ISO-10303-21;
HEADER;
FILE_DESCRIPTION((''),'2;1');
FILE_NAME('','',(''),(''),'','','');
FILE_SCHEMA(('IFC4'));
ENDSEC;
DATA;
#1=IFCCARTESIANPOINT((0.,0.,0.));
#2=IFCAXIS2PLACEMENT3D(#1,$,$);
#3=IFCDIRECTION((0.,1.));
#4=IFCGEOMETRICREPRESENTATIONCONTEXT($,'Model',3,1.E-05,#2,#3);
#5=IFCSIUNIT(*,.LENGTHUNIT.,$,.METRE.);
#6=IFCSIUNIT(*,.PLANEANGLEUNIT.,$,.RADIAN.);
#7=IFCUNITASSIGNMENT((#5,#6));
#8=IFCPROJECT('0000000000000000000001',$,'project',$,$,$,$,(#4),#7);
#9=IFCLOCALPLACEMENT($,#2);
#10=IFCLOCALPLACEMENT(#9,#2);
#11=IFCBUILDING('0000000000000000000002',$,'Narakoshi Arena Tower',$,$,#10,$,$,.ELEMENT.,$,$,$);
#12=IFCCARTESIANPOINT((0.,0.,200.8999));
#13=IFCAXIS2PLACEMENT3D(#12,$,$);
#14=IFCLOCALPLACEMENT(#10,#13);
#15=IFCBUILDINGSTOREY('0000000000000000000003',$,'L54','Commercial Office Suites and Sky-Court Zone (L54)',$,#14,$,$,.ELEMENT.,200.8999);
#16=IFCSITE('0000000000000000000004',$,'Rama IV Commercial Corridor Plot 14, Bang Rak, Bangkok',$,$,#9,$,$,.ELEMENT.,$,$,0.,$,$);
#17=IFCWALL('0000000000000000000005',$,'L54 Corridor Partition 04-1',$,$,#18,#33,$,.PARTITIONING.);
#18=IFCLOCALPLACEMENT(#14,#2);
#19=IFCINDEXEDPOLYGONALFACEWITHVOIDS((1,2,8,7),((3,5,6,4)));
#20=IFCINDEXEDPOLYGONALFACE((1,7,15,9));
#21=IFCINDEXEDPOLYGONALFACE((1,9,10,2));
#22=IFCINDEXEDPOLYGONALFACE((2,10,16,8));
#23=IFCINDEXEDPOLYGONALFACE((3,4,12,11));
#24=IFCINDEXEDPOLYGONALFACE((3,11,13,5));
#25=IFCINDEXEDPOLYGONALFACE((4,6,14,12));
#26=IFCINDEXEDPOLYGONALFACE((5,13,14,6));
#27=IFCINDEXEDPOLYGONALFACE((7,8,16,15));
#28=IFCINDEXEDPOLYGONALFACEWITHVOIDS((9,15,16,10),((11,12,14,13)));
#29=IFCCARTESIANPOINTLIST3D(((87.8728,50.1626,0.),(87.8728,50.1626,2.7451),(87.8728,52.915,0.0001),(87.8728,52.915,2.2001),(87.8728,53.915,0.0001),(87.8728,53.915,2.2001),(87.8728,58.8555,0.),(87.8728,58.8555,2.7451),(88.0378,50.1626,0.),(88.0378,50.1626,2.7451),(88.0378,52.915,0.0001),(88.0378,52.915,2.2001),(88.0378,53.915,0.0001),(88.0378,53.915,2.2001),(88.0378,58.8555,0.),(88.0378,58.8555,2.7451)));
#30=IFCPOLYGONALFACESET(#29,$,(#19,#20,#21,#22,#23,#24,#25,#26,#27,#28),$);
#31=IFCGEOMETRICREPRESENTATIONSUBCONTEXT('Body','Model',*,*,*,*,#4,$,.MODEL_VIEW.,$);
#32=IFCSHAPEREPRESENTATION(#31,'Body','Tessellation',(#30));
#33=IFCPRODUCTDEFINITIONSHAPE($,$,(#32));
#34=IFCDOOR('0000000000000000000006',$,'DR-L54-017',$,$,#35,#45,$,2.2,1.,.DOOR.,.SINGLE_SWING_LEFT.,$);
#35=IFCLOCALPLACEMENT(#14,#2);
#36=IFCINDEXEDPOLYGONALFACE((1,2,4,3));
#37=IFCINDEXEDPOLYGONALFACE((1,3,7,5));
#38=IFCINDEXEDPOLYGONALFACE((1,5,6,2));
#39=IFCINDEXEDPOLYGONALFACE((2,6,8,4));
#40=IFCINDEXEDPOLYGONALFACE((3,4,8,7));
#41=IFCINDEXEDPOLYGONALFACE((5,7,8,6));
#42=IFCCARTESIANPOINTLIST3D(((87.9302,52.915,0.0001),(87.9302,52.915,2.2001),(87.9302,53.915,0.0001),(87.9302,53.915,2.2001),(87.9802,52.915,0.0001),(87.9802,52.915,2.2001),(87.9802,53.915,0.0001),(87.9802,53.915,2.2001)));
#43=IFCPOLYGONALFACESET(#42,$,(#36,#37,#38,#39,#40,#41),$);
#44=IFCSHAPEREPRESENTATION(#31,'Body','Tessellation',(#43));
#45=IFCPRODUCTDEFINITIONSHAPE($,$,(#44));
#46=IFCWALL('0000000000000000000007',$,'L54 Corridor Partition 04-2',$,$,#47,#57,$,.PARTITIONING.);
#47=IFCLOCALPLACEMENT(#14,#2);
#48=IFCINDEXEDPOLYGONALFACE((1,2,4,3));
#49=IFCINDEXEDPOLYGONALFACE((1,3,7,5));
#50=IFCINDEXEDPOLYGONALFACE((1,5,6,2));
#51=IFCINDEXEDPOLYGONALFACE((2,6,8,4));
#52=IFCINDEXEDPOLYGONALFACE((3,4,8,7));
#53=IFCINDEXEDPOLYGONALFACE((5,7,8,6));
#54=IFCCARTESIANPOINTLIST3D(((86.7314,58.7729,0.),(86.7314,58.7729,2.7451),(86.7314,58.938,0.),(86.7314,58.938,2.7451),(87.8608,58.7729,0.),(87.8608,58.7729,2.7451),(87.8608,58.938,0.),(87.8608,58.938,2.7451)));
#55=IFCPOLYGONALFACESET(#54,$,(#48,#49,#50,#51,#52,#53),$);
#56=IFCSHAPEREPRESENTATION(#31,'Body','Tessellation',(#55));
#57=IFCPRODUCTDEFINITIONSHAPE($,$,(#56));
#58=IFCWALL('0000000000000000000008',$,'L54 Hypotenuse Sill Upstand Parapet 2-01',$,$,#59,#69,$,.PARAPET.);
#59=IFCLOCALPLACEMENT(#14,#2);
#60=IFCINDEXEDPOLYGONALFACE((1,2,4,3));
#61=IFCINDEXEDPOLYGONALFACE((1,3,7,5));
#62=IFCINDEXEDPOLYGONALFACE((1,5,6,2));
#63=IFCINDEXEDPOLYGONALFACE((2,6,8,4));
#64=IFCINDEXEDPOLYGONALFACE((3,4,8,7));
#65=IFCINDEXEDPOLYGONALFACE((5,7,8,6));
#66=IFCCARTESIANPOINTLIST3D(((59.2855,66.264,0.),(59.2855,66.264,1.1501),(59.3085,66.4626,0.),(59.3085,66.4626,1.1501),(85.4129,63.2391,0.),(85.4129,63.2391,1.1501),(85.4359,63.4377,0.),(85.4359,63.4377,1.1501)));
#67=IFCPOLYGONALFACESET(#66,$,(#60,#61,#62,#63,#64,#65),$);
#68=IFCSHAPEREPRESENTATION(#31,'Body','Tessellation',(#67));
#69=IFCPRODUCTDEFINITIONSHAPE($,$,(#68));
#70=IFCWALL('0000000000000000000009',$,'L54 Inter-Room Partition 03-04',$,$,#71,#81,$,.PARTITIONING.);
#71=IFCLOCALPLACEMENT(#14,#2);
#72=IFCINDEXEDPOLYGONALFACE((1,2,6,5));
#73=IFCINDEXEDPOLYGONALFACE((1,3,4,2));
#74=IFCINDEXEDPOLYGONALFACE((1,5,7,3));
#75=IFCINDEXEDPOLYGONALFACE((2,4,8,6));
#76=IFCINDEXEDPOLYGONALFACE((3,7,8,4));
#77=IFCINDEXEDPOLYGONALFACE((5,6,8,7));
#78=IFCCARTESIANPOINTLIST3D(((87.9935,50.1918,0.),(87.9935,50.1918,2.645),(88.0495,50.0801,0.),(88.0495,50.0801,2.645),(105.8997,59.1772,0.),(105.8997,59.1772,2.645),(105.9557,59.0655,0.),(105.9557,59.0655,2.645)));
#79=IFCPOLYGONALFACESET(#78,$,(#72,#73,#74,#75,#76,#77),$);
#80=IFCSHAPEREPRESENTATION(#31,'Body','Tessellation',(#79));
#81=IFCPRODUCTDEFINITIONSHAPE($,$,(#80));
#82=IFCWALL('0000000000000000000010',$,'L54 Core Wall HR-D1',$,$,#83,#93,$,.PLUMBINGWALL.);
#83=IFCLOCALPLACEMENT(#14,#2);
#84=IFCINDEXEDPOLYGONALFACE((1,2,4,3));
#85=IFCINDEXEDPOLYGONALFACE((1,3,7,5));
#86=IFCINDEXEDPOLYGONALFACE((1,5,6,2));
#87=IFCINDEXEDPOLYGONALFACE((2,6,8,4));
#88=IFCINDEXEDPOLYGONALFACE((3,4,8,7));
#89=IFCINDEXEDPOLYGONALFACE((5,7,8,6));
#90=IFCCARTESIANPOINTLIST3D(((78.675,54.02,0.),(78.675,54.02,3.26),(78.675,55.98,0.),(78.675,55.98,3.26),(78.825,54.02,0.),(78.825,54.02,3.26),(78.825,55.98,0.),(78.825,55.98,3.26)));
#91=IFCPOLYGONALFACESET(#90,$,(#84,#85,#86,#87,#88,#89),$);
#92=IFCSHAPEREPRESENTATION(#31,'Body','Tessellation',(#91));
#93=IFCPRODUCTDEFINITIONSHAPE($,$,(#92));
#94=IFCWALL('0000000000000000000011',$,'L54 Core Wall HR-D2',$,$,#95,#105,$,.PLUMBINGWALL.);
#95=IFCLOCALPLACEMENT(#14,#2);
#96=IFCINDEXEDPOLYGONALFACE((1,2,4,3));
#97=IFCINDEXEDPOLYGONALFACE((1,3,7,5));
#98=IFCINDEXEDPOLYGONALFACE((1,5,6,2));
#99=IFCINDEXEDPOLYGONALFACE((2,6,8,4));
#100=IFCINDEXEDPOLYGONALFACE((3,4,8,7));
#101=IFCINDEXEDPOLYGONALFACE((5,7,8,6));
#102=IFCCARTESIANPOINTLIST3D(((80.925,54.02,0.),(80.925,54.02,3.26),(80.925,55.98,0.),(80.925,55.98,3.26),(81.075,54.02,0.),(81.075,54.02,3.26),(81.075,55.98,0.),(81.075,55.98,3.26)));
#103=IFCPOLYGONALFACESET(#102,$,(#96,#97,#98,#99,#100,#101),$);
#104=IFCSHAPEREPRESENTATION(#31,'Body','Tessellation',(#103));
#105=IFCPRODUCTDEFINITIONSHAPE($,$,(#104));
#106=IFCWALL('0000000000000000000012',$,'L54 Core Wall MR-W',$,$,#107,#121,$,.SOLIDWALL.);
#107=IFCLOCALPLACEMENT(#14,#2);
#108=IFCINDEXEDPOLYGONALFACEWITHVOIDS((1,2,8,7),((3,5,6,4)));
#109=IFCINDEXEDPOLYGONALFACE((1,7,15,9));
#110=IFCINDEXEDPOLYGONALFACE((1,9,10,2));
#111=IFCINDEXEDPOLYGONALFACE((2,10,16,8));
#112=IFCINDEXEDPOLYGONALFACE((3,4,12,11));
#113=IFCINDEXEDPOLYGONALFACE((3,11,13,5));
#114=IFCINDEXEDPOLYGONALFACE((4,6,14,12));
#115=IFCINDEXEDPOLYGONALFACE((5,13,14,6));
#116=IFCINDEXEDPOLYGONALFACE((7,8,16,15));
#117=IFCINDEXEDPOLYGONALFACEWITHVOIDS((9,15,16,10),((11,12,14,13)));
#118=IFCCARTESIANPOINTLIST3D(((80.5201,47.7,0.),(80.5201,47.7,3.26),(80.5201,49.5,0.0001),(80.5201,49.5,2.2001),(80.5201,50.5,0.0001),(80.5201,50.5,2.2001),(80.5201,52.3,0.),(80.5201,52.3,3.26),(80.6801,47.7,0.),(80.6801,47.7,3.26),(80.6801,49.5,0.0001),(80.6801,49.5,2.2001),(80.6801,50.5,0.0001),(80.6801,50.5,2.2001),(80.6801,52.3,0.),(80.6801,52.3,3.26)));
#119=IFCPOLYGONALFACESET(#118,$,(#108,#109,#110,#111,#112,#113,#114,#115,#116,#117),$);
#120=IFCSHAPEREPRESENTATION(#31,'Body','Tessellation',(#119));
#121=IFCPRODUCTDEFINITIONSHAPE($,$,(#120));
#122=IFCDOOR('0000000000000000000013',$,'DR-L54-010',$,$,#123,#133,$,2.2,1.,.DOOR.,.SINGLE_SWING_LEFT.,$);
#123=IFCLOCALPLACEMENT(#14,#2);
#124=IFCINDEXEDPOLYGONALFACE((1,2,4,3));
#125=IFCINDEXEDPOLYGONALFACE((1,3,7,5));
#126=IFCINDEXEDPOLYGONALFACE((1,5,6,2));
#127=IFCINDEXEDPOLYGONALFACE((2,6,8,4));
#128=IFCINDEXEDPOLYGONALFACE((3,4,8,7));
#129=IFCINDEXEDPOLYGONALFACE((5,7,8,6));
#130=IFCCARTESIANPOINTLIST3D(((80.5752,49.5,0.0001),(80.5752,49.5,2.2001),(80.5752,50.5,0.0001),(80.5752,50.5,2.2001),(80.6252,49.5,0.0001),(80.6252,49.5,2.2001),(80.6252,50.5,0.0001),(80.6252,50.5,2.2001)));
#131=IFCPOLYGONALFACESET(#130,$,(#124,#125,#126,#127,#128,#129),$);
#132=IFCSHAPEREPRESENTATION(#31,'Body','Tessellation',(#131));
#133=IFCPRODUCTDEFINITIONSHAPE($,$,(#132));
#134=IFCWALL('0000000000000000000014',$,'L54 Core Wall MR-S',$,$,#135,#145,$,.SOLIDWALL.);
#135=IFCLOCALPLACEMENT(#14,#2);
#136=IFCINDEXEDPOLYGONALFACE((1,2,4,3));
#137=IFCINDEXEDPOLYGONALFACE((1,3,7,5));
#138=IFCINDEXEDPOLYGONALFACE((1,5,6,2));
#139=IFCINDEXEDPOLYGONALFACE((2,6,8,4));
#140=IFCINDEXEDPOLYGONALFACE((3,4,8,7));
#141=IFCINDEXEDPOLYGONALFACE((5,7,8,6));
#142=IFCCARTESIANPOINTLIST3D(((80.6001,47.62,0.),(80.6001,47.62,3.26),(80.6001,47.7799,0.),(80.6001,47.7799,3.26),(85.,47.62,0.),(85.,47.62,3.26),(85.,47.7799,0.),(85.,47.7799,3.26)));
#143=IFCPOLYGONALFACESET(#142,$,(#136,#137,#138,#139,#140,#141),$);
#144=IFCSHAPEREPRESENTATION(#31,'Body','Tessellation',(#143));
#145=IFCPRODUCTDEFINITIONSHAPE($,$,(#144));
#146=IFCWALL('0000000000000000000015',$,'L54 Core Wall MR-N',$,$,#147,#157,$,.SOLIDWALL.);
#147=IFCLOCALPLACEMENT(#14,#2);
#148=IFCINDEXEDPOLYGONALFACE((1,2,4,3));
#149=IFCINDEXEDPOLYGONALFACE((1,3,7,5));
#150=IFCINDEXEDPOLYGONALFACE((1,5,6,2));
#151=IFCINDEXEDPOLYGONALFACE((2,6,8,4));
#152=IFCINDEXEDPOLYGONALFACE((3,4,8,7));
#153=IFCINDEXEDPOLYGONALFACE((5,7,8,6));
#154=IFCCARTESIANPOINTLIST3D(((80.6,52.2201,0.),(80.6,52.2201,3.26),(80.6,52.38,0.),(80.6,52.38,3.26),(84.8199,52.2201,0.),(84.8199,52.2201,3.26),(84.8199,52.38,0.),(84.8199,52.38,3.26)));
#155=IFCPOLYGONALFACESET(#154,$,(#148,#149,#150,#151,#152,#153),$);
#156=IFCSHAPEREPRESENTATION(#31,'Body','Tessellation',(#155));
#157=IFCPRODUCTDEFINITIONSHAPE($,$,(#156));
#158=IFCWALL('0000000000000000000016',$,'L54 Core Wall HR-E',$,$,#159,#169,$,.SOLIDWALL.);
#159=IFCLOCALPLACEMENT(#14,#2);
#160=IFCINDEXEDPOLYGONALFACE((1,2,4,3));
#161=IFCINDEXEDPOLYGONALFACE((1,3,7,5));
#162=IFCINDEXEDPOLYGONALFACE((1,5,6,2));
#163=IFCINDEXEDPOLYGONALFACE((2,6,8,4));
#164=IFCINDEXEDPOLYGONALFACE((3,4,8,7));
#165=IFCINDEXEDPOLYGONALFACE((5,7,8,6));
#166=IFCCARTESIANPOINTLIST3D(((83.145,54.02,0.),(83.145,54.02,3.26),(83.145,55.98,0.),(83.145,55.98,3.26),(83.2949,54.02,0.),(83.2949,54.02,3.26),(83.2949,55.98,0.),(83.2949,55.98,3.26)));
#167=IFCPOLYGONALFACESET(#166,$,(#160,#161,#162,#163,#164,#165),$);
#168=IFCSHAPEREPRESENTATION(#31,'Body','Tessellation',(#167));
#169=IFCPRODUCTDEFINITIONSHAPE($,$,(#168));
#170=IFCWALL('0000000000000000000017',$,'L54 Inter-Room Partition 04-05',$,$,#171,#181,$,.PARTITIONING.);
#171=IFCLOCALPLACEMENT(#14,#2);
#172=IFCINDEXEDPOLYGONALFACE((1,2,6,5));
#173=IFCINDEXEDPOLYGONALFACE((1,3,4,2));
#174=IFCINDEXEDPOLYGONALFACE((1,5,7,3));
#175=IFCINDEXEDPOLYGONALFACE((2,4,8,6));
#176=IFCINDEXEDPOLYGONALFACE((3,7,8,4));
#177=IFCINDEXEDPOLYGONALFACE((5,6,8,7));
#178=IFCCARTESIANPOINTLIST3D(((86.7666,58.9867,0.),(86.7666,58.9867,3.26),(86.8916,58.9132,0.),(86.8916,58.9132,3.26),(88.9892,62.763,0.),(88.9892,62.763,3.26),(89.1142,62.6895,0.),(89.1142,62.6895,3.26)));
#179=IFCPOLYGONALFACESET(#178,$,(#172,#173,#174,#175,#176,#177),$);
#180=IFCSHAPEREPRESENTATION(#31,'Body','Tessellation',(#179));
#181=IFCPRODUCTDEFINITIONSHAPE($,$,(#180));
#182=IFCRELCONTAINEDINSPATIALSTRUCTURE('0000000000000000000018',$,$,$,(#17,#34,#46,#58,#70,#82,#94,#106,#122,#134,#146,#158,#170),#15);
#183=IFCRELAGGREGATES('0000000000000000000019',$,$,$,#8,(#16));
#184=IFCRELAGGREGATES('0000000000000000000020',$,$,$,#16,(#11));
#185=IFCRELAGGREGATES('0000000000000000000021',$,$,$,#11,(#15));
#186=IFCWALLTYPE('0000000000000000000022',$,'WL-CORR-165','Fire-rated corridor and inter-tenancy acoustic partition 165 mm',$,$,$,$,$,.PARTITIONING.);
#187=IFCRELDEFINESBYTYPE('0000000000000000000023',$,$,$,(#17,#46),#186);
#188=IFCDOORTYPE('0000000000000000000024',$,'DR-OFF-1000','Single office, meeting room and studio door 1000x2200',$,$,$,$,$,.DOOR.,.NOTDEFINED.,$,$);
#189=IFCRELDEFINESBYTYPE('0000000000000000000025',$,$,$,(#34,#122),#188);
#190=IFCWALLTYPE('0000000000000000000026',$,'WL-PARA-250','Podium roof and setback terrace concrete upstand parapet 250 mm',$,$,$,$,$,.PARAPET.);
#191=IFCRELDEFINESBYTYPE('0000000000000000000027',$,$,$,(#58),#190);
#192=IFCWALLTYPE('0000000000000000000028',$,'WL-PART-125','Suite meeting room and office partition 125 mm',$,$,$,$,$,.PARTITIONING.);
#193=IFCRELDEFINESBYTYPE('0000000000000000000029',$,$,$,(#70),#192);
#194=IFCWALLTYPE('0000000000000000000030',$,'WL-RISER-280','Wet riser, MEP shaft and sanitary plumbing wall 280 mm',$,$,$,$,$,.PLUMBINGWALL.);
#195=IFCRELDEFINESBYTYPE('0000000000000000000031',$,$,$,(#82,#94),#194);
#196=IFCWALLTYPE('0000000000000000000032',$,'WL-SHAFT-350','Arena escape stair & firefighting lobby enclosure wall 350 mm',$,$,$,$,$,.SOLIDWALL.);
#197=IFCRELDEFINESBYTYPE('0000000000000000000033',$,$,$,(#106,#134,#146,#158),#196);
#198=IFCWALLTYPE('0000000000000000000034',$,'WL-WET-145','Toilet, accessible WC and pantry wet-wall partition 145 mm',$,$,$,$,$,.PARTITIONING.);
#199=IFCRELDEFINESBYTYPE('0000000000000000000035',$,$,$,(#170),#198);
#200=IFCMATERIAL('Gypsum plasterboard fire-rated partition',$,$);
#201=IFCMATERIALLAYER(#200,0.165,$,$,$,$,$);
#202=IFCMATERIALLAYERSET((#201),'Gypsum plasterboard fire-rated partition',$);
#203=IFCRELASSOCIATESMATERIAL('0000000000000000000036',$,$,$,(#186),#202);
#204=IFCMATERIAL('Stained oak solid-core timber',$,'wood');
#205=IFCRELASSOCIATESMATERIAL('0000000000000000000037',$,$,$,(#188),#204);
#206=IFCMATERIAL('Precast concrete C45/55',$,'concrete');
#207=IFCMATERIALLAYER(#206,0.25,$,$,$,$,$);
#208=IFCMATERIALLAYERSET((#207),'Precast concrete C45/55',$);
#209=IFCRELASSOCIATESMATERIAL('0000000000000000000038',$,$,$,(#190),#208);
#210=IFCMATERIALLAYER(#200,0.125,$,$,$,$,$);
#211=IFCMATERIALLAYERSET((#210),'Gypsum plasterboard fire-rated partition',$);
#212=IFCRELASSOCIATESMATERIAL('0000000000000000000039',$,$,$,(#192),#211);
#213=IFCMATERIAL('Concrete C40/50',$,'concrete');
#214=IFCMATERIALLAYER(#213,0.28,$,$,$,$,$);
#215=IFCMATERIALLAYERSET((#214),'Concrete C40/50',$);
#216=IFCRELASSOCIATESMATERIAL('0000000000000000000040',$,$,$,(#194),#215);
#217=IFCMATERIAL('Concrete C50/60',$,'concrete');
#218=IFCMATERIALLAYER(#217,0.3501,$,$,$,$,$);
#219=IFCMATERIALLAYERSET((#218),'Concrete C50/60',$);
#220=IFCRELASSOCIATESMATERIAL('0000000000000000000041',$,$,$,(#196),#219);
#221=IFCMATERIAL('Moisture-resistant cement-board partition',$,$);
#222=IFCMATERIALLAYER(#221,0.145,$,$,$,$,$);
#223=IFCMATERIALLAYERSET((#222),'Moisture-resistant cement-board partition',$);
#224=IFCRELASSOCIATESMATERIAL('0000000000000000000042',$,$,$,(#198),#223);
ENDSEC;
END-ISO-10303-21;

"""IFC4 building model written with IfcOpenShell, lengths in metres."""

from ifc_helpers import new_model, si_unit, direction, frame, frame_2d, origin, place, context, subcontext, project, spatial, rectangle, extrude, material, layer, layer_set, type_object, element, fill, save


model = new_model("IFC4")

# Units and contexts
model_context = context("Model", 3, precision=1e-05, world=origin(), true_north=direction((0.0, 1.0)))
body_context = subcontext(model_context, "Body", "Model", "MODEL_VIEW")
ifc_project = project(units=[si_unit("LENGTHUNIT", "METRE"), si_unit("PLANEANGLEUNIT", "RADIAN")], contexts=[model_context])

# Site, building, storey
site_placement = place(None, origin())
site = spatial("IfcSite", under=ifc_project, at=site_placement, Name="Rama IV Commercial Corridor Plot 14, Bang Rak, Bangkok", CompositionType="ELEMENT", RefElevation=0.0)
building_placement = place(site_placement, origin())
building = spatial("IfcBuilding", under=site, at=building_placement, Name="Narakoshi Arena Tower", CompositionType="ELEMENT")
storey_placement = place(building_placement, frame((0.0, 0.0, 200.8999)))
storey = spatial("IfcBuildingStorey", under=building, at=storey_placement, Name="L54", Description="Commercial Office Suites and Sky-Court Zone (L54)", CompositionType="ELEMENT", Elevation=200.8999)

# Shared definitions
ifc_material_1 = material(Name="Concrete C50/60", Category="concrete")

# Wall, opening, door
ifc_material_2 = material(Name="Gypsum plasterboard fire-rated partition")
ifc_layer_1 = layer(ifc_material_2, 0.165)
ifc_layer_set_1 = layer_set([ifc_layer_1], Name="Gypsum plasterboard fire-rated partition")
wall_type_1 = type_object("IfcWallType", Name="WL-CORR-165", Description="Fire-rated corridor and inter-tenancy acoustic partition 165 mm", PredefinedType="PARTITIONING", material=ifc_layer_set_1)
ifc_material_3 = material(Name="Stained oak solid-core timber", Category="wood")
door_type_1 = type_object("IfcDoorType", Name="DR-OFF-1000", Description="Single office, meeting room and studio door 1000x2200", OperationType="NOTDEFINED", PredefinedType="DOOR", material=ifc_material_3)
wall_1_placement = place(storey_placement, frame((87.9553, 50.1626, 0.0), z_axis=(0.0, 0.0, 1.0), x_axis=(0.0, 1.0, 0.0)))
wall_1 = element("IfcWall", 1, at=wall_1_placement, inside=storey, type_object=wall_type_1, Name="L54 Corridor Partition 04-1", PredefinedType="PARTITIONING", context=body_context, shape_type="SweptSolid", body=[
    extrude(rectangle(XDim=8.6929, YDim=0.165, at=frame_2d((4.3464, 0.0))), origin(), (0.0, 0.0, 1.0), 2.7451),
])
opening_1_placement = place(wall_1_placement, frame((2.7524, 0.0, 0.0)))
opening_1 = element("IfcOpeningElement", 2, at=opening_1_placement, cuts=wall_1, PredefinedType="OPENING", context=body_context, shape_type="SweptSolid", body=[
    extrude(rectangle(XDim=1.0, YDim=2.2, at=frame_2d((0.5, 1.1001))), frame((0.0, 0.0925, 0.0), z_axis=(0.0, -1.0, 0.0), x_axis=(1.0, 0.0, 0.0)), (0.0, 0.0, 1.0), 0.1851),
])
door_1_placement = place(opening_1_placement, frame((1.0, 0.0, 0.0), z_axis=(0.0, 0.0, 1.0), x_axis=(-1.0, 0.0, 0.0)))
door_1 = element("IfcDoor", 3, at=door_1_placement, inside=storey, type_object=door_type_1, Name="DR-L54-017", OperationType="SINGLE_SWING_LEFT", OverallHeight=2.2, OverallWidth=1.0, PredefinedType="DOOR", context=body_context, shape_type="SweptSolid", body=[
    extrude(rectangle(XDim=1.0, YDim=2.2, at=frame_2d((0.5, 1.1001))), frame((0.0, 0.0249, 0.0), z_axis=(0.0, -1.0, 0.0), x_axis=(1.0, 0.0, 0.0)), (0.0, 0.0, 1.0), 0.05),
])
fill(opening_1, door_1)

# Walls
wall_2_placement = place(storey_placement, frame((87.8608, 58.8555, 0.0), z_axis=(0.0, 0.0, 1.0), x_axis=(-1.0, 0.0, 0.0)))
element("IfcWall", 4, at=wall_2_placement, inside=storey, type_object=wall_type_1, Name="L54 Corridor Partition 04-2", PredefinedType="PARTITIONING", context=body_context, shape_type="SweptSolid", body=[
    extrude(rectangle(XDim=1.1294, YDim=0.165, at=frame_2d((0.5647, 0.0))), origin(), (0.0, 0.0, 1.0), 2.7451),
])
ifc_material_4 = material(Name="Precast concrete C45/55", Category="concrete")
ifc_layer_2 = layer(ifc_material_4, 0.25)
ifc_layer_set_2 = layer_set([ifc_layer_2], Name="Precast concrete C45/55")
wall_type_2 = type_object("IfcWallType", Name="WL-PARA-250", Description="Podium roof and setback terrace concrete upstand parapet 250 mm", PredefinedType="PARAPET", material=ifc_layer_set_2)
wall_3_placement = place(storey_placement, frame((85.4243, 63.3384, 0.0), z_axis=(0.0, 0.0, 1.0), x_axis=(-0.993365, 0.115007, 0.0)))
element("IfcWall", 5, at=wall_3_placement, inside=storey, type_object=wall_type_2, Name="L54 Hypotenuse Sill Upstand Parapet 2-01", PredefinedType="PARAPET", context=body_context, shape_type="SweptSolid", body=[
    extrude(rectangle(XDim=26.302, YDim=0.2, at=frame_2d((13.1509, 0.0))), origin(), (0.0, 0.0, 1.0), 1.1501),
])
ifc_layer_3 = layer(ifc_material_2, 0.125)
ifc_layer_set_3 = layer_set([ifc_layer_3], Name="Gypsum plasterboard fire-rated partition")
wall_type_3 = type_object("IfcWallType", Name="WL-PART-125", Description="Suite meeting room and office partition 125 mm", PredefinedType="PARTITIONING", material=ifc_layer_set_3)
wall_4_placement = place(storey_placement, frame((88.0215, 50.136, 0.0), z_axis=(0.0, 0.0, 1.0), x_axis=(0.893783, 0.4485, 0.0)))
element("IfcWall", 6, at=wall_4_placement, inside=storey, type_object=wall_type_3, Name="L54 Inter-Room Partition 03-04", PredefinedType="PARTITIONING", context=body_context, shape_type="SweptSolid", body=[
    extrude(rectangle(XDim=20.0342, YDim=0.125, at=frame_2d((10.0171, 0.0))), origin(), (0.0, 0.0, 1.0), 2.645),
])
ifc_material_5 = material(Name="Concrete C40/50", Category="concrete")
ifc_layer_4 = layer(ifc_material_5, 0.28)
ifc_layer_set_4 = layer_set([ifc_layer_4], Name="Concrete C40/50")
wall_type_4 = type_object("IfcWallType", Name="WL-RISER-280", Description="Wet riser, MEP shaft and sanitary plumbing wall 280 mm", PredefinedType="PLUMBINGWALL", material=ifc_layer_set_4)
for number, where, z_axis, x_axis, name in (
    (7, (78.75, 54.02, 0.0), (0.0, 0.0, 1.0), (0.0, 1.0, 0.0), "L54 Core Wall HR-D1"),
    (8, (81.0, 54.02, 0.0), (0.0, 0.0, 1.0), (0.0, 1.0, 0.0), "L54 Core Wall HR-D2"),
):
    element("IfcWall", number, at=place(storey_placement, frame(where, z_axis=z_axis, x_axis=x_axis)), inside=storey, type_object=wall_type_4, Name=name, PredefinedType="PLUMBINGWALL", context=body_context, shape_type="SweptSolid", body=[
        extrude(rectangle(XDim=1.96, YDim=0.1499, at=frame_2d((0.98, 0.0))), origin(), (0.0, 0.0, 1.0), 3.26),
    ])

# Wall, opening, door
ifc_layer_5 = layer(ifc_material_1, 0.3501)
ifc_layer_set_5 = layer_set([ifc_layer_5], Name="Concrete C50/60")
wall_type_5 = type_object("IfcWallType", Name="WL-SHAFT-350", Description="Arena escape stair & firefighting lobby enclosure wall 350 mm", PredefinedType="SOLIDWALL", material=ifc_layer_set_5)
wall_5_placement = place(storey_placement, frame((80.6001, 47.7, 0.0), z_axis=(0.0, 0.0, 1.0), x_axis=(0.0, 1.0, 0.0)))
wall_5 = element("IfcWall", 9, at=wall_5_placement, inside=storey, type_object=wall_type_5, Name="L54 Core Wall MR-W", PredefinedType="SOLIDWALL", context=body_context, shape_type="SweptSolid", body=[
    extrude(rectangle(XDim=4.6001, YDim=0.1599, at=frame_2d((2.3, 0.0))), origin(), (0.0, 0.0, 1.0), 3.26),
])
opening_2_placement = place(wall_5_placement, frame((1.8, 0.0, 0.0)))
opening_2 = element("IfcOpeningElement", 10, at=opening_2_placement, cuts=wall_5, PredefinedType="OPENING", context=body_context, shape_type="SweptSolid", body=[
    extrude(rectangle(XDim=1.0, YDim=2.2, at=frame_2d((0.5, 1.1001))), frame((0.0, 0.0898, 0.0), z_axis=(0.0, -1.0, 0.0), x_axis=(1.0, 0.0, 0.0)), (0.0, 0.0, 1.0), 0.1799),
])
door_2_placement = place(opening_2_placement, origin())
door_2 = element("IfcDoor", 11, at=door_2_placement, inside=storey, type_object=door_type_1, Name="DR-L54-010", OperationType="SINGLE_SWING_LEFT", OverallHeight=2.2, OverallWidth=1.0, PredefinedType="DOOR", context=body_context, shape_type="SweptSolid", body=[
    extrude(rectangle(XDim=1.0, YDim=2.2, at=frame_2d((0.5, 1.1001))), frame((0.0, 0.0249, 0.0), z_axis=(0.0, -1.0, 0.0), x_axis=(1.0, 0.0, 0.0)), (0.0, 0.0, 1.0), 0.05),
])
fill(opening_2, door_2)

# Walls
wall_6_placement = place(storey_placement, frame((80.6001, 47.7, 0.0), z_axis=(0.0, 0.0, 1.0), x_axis=(1.0, 0.0, 0.0)))
element("IfcWall", 12, at=wall_6_placement, inside=storey, type_object=wall_type_5, Name="L54 Core Wall MR-S", PredefinedType="SOLIDWALL", context=body_context, shape_type="SweptSolid", body=[
    extrude(rectangle(XDim=4.3999, YDim=0.1599, at=frame_2d((2.2, 0.0))), origin(), (0.0, 0.0, 1.0), 3.26),
])
wall_7_placement = place(storey_placement, frame((80.6001, 52.3, 0.0), z_axis=(0.0, 0.0, 1.0), x_axis=(1.0, 0.0, 0.0)))
element("IfcWall", 13, at=wall_7_placement, inside=storey, type_object=wall_type_5, Name="L54 Core Wall MR-N", PredefinedType="SOLIDWALL", context=body_context, shape_type="SweptSolid", body=[
    extrude(rectangle(XDim=4.22, YDim=0.1599, at=frame_2d((2.1099, 0.0))), origin(), (0.0, 0.0, 1.0), 3.26),
])
wall_8_placement = place(storey_placement, frame((83.22, 54.02, 0.0), z_axis=(0.0, 0.0, 1.0), x_axis=(0.0, 1.0, 0.0)))
element("IfcWall", 14, at=wall_8_placement, inside=storey, type_object=wall_type_5, Name="L54 Core Wall HR-E", PredefinedType="SOLIDWALL", context=body_context, shape_type="SweptSolid", body=[
    extrude(rectangle(XDim=1.96, YDim=0.1499, at=frame_2d((0.98, 0.0))), origin(), (0.0, 0.0, 1.0), 3.26),
])
ifc_material_6 = material(Name="Moisture-resistant cement-board partition")
ifc_layer_6 = layer(ifc_material_6, 0.145)
ifc_layer_set_6 = layer_set([ifc_layer_6], Name="Moisture-resistant cement-board partition")
wall_type_6 = type_object("IfcWallType", Name="WL-WET-145", Description="Toilet, accessible WC and pantry wet-wall partition 145 mm", PredefinedType="PARTITIONING", material=ifc_layer_set_6)
wall_9_placement = place(storey_placement, frame((86.8291, 58.95, 0.0), z_axis=(0.0, 0.0, 1.0), x_axis=(0.507234, 0.861808, 0.0)))
element("IfcWall", 15, at=wall_9_placement, inside=storey, type_object=wall_type_6, Name="L54 Inter-Room Partition 04-05", PredefinedType="PARTITIONING", context=body_context, shape_type="SweptSolid", body=[
    extrude(rectangle(XDim=4.3818, YDim=0.145, at=frame_2d((2.1909, 0.0))), origin(), (0.0, 0.0, 1.0), 3.26),
])

save(model, "model.ifc")
